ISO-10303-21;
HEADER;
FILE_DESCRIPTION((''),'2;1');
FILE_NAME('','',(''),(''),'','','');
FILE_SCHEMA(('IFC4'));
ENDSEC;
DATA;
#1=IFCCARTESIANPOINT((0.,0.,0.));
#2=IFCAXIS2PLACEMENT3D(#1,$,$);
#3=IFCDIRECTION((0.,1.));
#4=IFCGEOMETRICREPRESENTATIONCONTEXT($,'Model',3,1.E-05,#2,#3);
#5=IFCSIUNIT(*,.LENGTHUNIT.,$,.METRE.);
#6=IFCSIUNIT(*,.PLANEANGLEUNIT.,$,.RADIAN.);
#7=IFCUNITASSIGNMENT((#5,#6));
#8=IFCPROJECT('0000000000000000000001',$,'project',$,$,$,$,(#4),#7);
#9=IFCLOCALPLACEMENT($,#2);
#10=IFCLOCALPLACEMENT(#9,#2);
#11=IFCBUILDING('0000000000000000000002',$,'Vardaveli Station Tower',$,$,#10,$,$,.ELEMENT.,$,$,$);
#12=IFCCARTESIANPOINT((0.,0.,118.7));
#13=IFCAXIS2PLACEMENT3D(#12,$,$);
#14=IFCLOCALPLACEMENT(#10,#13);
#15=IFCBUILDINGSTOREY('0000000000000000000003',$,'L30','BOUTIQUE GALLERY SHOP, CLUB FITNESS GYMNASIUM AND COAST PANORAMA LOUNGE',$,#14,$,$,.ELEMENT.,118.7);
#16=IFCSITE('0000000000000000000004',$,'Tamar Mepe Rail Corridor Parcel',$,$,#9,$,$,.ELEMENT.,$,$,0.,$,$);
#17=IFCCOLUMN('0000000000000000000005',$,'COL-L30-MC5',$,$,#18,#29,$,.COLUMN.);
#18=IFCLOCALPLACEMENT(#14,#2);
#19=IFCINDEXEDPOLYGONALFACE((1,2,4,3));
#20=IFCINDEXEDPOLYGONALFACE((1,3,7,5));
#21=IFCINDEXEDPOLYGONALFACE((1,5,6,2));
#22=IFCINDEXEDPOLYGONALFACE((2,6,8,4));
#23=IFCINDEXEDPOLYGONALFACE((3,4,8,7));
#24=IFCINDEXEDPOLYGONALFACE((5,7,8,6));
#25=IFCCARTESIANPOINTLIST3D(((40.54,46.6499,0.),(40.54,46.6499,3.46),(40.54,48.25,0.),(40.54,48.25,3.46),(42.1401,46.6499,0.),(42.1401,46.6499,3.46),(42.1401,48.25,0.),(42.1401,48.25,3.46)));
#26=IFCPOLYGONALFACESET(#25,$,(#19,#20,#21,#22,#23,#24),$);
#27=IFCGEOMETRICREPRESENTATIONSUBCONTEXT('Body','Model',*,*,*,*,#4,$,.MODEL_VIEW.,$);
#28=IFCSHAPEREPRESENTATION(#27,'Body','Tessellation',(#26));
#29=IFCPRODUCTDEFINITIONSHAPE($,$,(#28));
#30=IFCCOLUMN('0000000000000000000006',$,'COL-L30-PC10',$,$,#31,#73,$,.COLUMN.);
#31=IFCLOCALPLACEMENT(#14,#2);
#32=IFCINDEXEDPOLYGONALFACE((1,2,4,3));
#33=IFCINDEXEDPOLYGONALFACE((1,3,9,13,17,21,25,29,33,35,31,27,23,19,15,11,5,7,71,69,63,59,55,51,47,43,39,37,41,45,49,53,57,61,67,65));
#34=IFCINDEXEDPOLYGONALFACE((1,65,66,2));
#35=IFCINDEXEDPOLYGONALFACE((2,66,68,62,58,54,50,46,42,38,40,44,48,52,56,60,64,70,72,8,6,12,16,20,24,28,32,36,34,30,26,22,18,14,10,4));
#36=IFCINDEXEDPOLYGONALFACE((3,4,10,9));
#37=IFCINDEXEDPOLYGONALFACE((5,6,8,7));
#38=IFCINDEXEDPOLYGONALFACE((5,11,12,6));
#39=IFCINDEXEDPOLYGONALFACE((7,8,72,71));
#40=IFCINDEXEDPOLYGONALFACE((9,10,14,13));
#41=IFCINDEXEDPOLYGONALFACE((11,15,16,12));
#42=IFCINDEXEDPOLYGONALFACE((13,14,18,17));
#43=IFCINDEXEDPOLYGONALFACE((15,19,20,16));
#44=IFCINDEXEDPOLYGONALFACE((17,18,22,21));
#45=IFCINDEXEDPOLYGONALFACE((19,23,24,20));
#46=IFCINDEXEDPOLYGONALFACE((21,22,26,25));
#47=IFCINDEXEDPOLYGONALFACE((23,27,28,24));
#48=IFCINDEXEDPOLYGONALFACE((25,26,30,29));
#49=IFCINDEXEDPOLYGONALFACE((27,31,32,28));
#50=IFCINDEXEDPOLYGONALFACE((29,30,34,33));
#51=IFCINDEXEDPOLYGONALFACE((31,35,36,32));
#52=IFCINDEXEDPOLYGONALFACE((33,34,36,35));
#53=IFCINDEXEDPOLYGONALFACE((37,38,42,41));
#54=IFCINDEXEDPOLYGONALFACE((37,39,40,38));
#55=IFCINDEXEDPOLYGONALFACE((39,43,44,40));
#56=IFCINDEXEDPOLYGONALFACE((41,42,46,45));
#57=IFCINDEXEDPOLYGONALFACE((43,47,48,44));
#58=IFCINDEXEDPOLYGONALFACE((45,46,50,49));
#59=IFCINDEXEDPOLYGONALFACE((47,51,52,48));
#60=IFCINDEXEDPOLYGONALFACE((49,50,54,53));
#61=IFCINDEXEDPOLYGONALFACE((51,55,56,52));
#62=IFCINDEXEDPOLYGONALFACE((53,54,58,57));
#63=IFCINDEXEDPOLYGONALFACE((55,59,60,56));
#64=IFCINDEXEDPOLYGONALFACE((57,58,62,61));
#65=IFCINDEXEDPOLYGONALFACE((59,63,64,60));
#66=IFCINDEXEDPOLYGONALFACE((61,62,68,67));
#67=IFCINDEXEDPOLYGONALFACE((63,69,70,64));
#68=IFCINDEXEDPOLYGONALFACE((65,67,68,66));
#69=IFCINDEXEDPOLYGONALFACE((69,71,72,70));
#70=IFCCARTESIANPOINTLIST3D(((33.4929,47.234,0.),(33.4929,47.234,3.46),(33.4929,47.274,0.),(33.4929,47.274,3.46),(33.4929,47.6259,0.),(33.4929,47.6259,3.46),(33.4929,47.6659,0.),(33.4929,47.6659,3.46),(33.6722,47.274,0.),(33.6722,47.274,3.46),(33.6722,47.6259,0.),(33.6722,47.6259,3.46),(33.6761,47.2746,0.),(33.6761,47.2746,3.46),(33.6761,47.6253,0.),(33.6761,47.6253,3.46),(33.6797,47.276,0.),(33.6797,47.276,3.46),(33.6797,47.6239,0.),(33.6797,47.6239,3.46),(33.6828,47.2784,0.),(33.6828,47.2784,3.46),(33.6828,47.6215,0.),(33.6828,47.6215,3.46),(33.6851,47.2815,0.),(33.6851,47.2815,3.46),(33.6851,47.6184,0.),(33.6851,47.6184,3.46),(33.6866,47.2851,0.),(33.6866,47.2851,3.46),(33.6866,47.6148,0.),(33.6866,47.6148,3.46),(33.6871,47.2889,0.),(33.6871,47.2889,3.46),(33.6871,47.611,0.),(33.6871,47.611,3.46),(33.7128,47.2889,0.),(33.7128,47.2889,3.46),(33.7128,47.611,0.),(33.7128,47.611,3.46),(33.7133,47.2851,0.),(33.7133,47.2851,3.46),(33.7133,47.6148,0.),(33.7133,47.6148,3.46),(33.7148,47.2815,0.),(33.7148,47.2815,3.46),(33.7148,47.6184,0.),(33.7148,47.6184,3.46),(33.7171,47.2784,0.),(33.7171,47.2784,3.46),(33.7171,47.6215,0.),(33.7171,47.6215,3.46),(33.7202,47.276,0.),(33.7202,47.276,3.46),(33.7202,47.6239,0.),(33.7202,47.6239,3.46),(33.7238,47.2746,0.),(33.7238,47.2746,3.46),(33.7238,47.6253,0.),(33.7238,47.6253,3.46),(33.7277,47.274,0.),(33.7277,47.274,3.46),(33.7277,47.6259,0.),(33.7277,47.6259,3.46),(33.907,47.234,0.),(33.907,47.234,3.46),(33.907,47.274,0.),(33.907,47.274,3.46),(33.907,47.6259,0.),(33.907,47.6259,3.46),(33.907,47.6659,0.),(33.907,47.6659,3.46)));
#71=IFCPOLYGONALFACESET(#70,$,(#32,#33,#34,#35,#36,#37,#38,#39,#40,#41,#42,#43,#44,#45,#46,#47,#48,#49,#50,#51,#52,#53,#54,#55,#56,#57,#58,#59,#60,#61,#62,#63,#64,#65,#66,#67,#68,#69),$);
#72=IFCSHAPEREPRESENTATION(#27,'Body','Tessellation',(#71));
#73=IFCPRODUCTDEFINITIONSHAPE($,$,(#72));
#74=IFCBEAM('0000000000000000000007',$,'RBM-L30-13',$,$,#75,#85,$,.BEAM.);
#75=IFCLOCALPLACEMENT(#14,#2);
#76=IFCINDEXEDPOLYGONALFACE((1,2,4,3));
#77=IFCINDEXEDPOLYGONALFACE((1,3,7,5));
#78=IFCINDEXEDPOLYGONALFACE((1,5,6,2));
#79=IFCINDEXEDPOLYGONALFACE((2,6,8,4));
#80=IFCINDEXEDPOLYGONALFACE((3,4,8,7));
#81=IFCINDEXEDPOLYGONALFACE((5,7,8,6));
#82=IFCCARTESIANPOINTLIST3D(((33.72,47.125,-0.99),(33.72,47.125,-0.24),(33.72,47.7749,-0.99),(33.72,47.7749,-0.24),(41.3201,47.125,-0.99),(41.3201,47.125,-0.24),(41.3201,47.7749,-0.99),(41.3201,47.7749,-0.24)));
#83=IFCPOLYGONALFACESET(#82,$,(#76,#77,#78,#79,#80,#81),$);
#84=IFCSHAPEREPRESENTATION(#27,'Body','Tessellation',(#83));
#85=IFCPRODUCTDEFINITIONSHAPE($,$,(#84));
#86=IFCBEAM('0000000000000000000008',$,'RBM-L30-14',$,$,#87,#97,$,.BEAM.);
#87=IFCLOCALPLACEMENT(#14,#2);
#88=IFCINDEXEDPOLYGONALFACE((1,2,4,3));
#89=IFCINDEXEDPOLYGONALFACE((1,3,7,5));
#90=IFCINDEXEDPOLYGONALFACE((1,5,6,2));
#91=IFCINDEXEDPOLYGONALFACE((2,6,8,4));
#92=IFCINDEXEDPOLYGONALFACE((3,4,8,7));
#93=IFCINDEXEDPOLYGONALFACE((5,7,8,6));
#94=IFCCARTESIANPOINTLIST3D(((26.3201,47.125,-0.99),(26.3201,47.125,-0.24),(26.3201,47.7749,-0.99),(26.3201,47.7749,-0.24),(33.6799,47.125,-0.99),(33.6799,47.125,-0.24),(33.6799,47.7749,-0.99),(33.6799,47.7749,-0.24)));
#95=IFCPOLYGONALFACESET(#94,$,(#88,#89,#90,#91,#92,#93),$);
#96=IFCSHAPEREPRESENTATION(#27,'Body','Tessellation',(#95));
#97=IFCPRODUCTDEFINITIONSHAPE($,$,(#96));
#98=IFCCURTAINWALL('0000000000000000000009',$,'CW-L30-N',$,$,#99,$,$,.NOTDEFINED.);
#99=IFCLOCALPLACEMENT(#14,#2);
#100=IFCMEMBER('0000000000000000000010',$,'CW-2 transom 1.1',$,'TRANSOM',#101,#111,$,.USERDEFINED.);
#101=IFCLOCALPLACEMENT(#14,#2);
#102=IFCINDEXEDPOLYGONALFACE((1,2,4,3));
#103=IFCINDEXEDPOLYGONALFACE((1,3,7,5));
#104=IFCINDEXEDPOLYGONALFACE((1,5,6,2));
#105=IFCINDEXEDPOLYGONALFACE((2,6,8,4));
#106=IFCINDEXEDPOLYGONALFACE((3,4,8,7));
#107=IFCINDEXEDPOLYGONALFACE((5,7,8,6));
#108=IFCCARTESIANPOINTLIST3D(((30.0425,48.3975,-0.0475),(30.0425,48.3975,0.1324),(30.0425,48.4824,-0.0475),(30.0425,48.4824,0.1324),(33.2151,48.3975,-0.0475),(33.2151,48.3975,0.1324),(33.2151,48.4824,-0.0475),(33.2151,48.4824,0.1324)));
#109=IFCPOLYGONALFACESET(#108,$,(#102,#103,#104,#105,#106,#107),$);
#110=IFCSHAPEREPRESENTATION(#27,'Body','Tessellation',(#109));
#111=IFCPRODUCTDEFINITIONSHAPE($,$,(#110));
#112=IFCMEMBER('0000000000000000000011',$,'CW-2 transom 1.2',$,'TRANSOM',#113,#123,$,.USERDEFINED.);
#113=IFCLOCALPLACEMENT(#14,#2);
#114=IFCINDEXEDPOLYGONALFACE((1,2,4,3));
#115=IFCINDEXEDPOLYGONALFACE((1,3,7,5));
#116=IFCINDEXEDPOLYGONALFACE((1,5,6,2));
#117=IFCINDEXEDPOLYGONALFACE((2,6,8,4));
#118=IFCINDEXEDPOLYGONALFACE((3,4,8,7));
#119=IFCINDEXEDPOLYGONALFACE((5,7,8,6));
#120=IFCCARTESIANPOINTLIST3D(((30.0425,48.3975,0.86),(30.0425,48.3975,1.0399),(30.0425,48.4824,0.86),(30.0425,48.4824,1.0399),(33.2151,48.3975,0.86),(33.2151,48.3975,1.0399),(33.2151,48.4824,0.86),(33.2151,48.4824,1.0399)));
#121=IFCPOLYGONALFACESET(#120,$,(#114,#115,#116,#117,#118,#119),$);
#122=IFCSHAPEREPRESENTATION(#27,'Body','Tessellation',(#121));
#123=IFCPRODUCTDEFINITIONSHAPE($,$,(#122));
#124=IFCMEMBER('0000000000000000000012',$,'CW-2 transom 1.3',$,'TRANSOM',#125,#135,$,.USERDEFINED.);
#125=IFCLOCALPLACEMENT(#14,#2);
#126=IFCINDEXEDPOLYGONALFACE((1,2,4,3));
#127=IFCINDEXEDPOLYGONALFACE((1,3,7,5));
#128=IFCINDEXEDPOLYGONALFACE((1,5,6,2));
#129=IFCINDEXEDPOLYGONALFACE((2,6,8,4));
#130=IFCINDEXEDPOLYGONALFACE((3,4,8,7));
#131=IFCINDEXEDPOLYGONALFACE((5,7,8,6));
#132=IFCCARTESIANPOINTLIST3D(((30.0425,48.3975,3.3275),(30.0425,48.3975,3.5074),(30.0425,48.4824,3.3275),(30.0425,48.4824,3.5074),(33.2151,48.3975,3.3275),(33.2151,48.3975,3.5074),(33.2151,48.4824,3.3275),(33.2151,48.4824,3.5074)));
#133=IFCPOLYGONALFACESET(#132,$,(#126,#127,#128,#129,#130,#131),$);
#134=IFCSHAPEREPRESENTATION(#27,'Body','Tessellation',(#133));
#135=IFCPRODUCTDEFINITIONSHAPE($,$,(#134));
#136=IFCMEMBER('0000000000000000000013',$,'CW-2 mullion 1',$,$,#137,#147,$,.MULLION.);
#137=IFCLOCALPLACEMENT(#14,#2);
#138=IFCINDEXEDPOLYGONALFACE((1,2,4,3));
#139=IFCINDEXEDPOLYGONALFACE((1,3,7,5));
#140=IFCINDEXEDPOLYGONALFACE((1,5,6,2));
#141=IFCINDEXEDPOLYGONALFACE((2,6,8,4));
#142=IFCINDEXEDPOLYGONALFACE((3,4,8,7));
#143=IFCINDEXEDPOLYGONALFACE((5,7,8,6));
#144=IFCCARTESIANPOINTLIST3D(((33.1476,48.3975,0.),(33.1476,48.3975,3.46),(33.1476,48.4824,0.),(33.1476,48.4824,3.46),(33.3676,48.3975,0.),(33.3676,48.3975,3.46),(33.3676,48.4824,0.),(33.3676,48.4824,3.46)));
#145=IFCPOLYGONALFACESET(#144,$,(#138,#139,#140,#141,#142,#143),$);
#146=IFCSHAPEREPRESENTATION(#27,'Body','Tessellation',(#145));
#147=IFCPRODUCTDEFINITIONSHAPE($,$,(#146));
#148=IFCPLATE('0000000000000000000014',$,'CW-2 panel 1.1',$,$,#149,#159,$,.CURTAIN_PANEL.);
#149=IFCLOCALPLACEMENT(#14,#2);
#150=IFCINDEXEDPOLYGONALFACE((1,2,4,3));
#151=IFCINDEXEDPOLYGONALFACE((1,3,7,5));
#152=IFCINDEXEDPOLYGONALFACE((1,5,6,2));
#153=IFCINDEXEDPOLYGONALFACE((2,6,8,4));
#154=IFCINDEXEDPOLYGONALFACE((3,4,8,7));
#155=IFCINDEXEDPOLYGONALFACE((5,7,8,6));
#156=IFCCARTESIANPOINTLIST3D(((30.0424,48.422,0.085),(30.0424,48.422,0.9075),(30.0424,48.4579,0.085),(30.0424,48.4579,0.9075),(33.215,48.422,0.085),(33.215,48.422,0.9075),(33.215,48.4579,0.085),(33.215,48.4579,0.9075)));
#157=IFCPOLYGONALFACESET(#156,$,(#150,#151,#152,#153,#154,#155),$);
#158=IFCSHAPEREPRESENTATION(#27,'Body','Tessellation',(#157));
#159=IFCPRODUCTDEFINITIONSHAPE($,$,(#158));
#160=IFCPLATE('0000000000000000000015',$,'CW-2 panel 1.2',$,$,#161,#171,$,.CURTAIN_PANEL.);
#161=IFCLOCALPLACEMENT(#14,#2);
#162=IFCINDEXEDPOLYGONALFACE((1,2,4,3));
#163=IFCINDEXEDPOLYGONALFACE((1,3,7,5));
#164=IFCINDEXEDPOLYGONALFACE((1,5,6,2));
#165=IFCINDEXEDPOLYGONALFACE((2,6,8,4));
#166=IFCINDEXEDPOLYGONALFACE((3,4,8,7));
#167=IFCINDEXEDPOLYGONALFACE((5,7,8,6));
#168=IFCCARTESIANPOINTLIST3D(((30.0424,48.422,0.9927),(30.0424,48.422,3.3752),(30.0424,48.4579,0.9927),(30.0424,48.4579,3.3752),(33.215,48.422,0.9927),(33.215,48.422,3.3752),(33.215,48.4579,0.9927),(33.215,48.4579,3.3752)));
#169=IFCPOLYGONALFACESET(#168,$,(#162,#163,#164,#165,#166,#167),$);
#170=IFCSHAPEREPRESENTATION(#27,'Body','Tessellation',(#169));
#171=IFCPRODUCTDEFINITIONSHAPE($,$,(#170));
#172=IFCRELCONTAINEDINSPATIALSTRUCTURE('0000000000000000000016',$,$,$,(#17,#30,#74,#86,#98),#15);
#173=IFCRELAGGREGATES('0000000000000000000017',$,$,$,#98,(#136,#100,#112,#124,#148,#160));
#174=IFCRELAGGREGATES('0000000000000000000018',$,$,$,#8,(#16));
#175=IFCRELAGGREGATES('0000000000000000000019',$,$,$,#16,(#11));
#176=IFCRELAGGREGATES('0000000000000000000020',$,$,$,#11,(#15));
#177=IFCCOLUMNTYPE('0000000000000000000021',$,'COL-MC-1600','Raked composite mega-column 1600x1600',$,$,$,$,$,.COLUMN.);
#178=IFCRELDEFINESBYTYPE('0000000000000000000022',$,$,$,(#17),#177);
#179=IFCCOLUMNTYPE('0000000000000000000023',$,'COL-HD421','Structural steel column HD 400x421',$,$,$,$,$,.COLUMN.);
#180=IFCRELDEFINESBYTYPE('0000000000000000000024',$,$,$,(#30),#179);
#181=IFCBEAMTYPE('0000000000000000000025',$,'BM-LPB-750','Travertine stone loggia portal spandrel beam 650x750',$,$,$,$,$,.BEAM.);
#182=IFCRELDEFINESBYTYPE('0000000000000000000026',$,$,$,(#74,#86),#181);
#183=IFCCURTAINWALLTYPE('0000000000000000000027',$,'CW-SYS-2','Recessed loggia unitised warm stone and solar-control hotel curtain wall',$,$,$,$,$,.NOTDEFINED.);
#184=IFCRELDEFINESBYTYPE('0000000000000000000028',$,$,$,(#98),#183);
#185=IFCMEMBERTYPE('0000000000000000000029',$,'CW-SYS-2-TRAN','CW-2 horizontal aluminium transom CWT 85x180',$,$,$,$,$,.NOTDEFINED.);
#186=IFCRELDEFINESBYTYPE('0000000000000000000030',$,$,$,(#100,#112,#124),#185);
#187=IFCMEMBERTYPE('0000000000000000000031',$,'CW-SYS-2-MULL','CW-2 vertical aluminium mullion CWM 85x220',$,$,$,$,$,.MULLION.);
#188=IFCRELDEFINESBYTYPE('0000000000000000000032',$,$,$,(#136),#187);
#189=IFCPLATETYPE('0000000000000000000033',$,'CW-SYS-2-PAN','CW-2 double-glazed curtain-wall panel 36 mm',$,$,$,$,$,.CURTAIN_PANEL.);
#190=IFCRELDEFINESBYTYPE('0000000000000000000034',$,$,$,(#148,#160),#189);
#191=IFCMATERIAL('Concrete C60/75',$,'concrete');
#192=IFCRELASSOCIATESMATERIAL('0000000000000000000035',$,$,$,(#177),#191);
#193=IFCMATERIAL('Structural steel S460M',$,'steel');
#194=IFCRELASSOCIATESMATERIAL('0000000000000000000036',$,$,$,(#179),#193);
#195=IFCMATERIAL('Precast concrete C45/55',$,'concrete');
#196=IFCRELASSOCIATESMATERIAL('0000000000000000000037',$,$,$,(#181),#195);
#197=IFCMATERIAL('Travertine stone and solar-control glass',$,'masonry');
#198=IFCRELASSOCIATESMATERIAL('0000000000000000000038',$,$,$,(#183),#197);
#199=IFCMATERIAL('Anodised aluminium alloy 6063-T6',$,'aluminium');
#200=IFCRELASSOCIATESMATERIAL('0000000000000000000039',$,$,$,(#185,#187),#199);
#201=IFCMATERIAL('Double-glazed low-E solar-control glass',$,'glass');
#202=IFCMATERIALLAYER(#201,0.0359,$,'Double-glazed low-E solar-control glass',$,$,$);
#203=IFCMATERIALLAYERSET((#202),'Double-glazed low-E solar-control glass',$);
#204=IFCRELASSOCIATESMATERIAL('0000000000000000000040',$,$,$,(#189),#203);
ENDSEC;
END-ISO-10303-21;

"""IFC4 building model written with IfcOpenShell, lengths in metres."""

from ifc_helpers import new_model, si_unit, direction, frame, origin, origin_2d, place, context, subcontext, project, spatial, rectangle, i_section, extrude, source, transform, mapped, material, layer, layer_set, material_profile, profile_set, type_object, element, aggregate, save


model = new_model("IFC4")

# Units and contexts
model_context = context("Model", 3, precision=1e-05, world=origin(), true_north=direction((0.0, 1.0)))
body_context = subcontext(model_context, "Body", "Model", "MODEL_VIEW")
ifc_project = project(units=[si_unit("LENGTHUNIT", "METRE"), si_unit("PLANEANGLEUNIT", "RADIAN")], contexts=[model_context])

# Site, building, storey
site_placement = place(None, origin())
site = spatial("IfcSite", under=ifc_project, at=site_placement, Name="Tamar Mepe Rail Corridor Parcel", CompositionType="ELEMENT", RefElevation=0.0)
building_placement = place(site_placement, origin())
building = spatial("IfcBuilding", under=site, at=building_placement, Name="Vardaveli Station Tower", CompositionType="ELEMENT")
storey_placement = place(building_placement, frame((0.0, 0.0, 118.7)))
storey = spatial("IfcBuildingStorey", under=building, at=storey_placement, Name="L30", Description="BOUTIQUE GALLERY SHOP, CLUB FITNESS GYMNASIUM AND COAST PANORAMA LOUNGE", CompositionType="ELEMENT", Elevation=118.7)

# Columns
ifc_material_1 = material(Name="Concrete C60/75", Category="concrete")
ifc_material_profile_1 = material_profile(ifc_material_1, rectangle(XDim=1.6001, YDim=1.6001, at=origin_2d()), Name="MC 1600x1600")
ifc_profile_set_1 = profile_set([ifc_material_profile_1], Name="Concrete C60/75")
column_type_1 = type_object("IfcColumnType", Name="COL-MC-1600", Description="Raked composite mega-column 1600x1600", PredefinedType="COLUMN", material=ifc_profile_set_1)
shared_shape_1 = source(origin(), body_context, "Body", "SweptSolid", [
    extrude(rectangle(XDim=1.6001, YDim=1.6001, at=origin_2d()), origin(), (0.0, 0.0, 1.0), 3.46),
])
column_1_placement = place(storey_placement, frame((41.3401, 47.45, 0.0), z_axis=(0.0, 0.0, 1.0), x_axis=(1.0, 0.0, 0.0)))
element("IfcColumn", 1, at=column_1_placement, inside=storey, type_object=column_type_1, Name="COL-L30-MC5", PredefinedType="COLUMN", context=body_context, shape_type="MappedRepresentation", body=[
    mapped(shared_shape_1, transform((0.0, 0.0, 0.0), scale=1.0)),
])
ifc_material_2 = material(Name="Structural steel S460M", Category="steel")
ifc_material_profile_2 = material_profile(ifc_material_2, i_section(OverallWidth=0.4141, OverallDepth=0.4319, WebThickness=0.0256, FlangeThickness=0.04, FilletRadius=0.0149, at=origin_2d()), Name="HD 400x421")
ifc_profile_set_2 = profile_set([ifc_material_profile_2], Name="Structural steel S460M")
column_type_2 = type_object("IfcColumnType", Name="COL-HD421", Description="Structural steel column HD 400x421", PredefinedType="COLUMN", material=ifc_profile_set_2)
shared_shape_2 = source(origin(), body_context, "Body", "SweptSolid", [
    extrude(i_section(OverallWidth=0.4141, OverallDepth=0.4319, WebThickness=0.0256, FlangeThickness=0.04, FilletRadius=0.0149, at=origin_2d()), origin(), (0.0, 0.0, 1.0), 3.46),
])
column_2_placement = place(storey_placement, frame((33.7, 47.45, 0.0), z_axis=(0.0, 0.0, 1.0), x_axis=(1.0, 0.0, 0.0)))
element("IfcColumn", 2, at=column_2_placement, inside=storey, type_object=column_type_2, Name="COL-L30-PC10", PredefinedType="COLUMN", context=body_context, shape_type="MappedRepresentation", body=[
    mapped(shared_shape_2, transform((0.0, 0.0, 0.0), scale=1.0)),
])

# Beams
ifc_material_3 = material(Name="Precast concrete C45/55", Category="concrete")
ifc_material_profile_3 = material_profile(ifc_material_3, rectangle(XDim=0.6499, YDim=0.75, at=origin_2d()), Name="LPB 650x750")
ifc_profile_set_3 = profile_set([ifc_material_profile_3], Name="Precast concrete C45/55")
beam_type = type_object("IfcBeamType", Name="BM-LPB-750", Description="Travertine stone loggia portal spandrel beam 650x750", PredefinedType="BEAM", material=ifc_profile_set_3)
shared_shape_3 = source(origin(), body_context, "Body", "SweptSolid", [
    extrude(rectangle(XDim=0.6499, YDim=0.75, at=origin_2d()), origin(), (0.0, 0.0, 1.0), 7.6001),
])
beam_1_placement = place(storey_placement, frame((41.3201, 47.45, -0.615), z_axis=(-1.0, 0.0, 0.0), x_axis=(0.0, -1.0, 0.0)))
element("IfcBeam", 3, at=beam_1_placement, inside=storey, type_object=beam_type, Name="RBM-L30-13", PredefinedType="BEAM", context=body_context, shape_type="MappedRepresentation", body=[
    mapped(shared_shape_3, transform((0.0, 0.0, 0.0), scale=1.0)),
])
shared_shape_4 = source(origin(), body_context, "Body", "SweptSolid", [
    extrude(rectangle(XDim=0.6499, YDim=0.75, at=origin_2d()), origin(), (0.0, 0.0, 1.0), 7.3599),
])
beam_2_placement = place(storey_placement, frame((33.6799, 47.45, -0.615), z_axis=(-1.0, 0.0, 0.0), x_axis=(0.0, -1.0, 0.0)))
element("IfcBeam", 4, at=beam_2_placement, inside=storey, type_object=beam_type, Name="RBM-L30-14", PredefinedType="BEAM", context=body_context, shape_type="MappedRepresentation", body=[
    mapped(shared_shape_4, transform((0.0, 0.0, 0.0), scale=1.0)),
])

# Curtain wall, members, plates
ifc_material_4 = material(Name="Travertine stone and solar-control glass", Category="masonry")
curtain_wall_type = type_object("IfcCurtainWallType", Name="CW-SYS-2", Description="Recessed loggia unitised warm stone and solar-control hotel curtain wall", PredefinedType="NOTDEFINED", material=ifc_material_4)
curtain_wall_placement = place(storey_placement, origin())
curtain_wall = element("IfcCurtainWall", 5, at=curtain_wall_placement, inside=storey, type_object=curtain_wall_type, Name="CW-L30-N", PredefinedType="NOTDEFINED")
ifc_material_5 = material(Name="Anodised aluminium alloy 6063-T6", Category="aluminium")
ifc_material_profile_4 = material_profile(ifc_material_5, rectangle(XDim=0.085, YDim=0.1799, at=origin_2d()), Name="CWT 85x180")
ifc_profile_set_4 = profile_set([ifc_material_profile_4], Name="Anodised aluminium alloy 6063-T6")
member_type_1 = type_object("IfcMemberType", Name="CW-SYS-2-TRAN", Description="CW-2 horizontal aluminium transom CWT 85x180", PredefinedType="NOTDEFINED", material=ifc_profile_set_4)
shared_shape_5 = source(origin(), body_context, "Body", "SweptSolid", [
    extrude(rectangle(XDim=0.085, YDim=0.1799, at=origin_2d()), origin(), (0.0, 0.0, 1.0), 3.1726),
])
member_1_placement = place(storey_placement, frame((33.2151, 48.4399, 0.0425), z_axis=(-1.0, 0.0, 0.0), x_axis=(0.0, -1.0, 0.0)))
member_1 = element("IfcMember", 6, at=member_1_placement, type_object=member_type_1, Name="CW-2 transom 1.1", ObjectType="TRANSOM", PredefinedType="USERDEFINED", context=body_context, shape_type="MappedRepresentation", body=[
    mapped(shared_shape_5, transform((0.0, 0.0, 0.0), scale=1.0)),
])
member_2_placement = place(storey_placement, frame((33.2151, 48.4399, 0.95), z_axis=(-1.0, 0.0, 0.0), x_axis=(0.0, -1.0, 0.0)))
member_2 = element("IfcMember", 7, at=member_2_placement, type_object=member_type_1, Name="CW-2 transom 1.2", ObjectType="TRANSOM", PredefinedType="USERDEFINED", context=body_context, shape_type="MappedRepresentation", body=[
    mapped(shared_shape_5, transform((0.0, 0.0, 0.0), scale=1.0)),
])
member_3_placement = place(storey_placement, frame((33.2151, 48.4399, 3.4175), z_axis=(-1.0, 0.0, 0.0), x_axis=(0.0, -1.0, 0.0)))
member_3 = element("IfcMember", 8, at=member_3_placement, type_object=member_type_1, Name="CW-2 transom 1.3", ObjectType="TRANSOM", PredefinedType="USERDEFINED", context=body_context, shape_type="MappedRepresentation", body=[
    mapped(shared_shape_5, transform((0.0, 0.0, 0.0), scale=1.0)),
])
ifc_material_profile_5 = material_profile(ifc_material_5, rectangle(XDim=0.085, YDim=0.22, at=origin_2d()), Name="CWM 85x220")
ifc_profile_set_5 = profile_set([ifc_material_profile_5], Name="Anodised aluminium alloy 6063-T6")
member_type_2 = type_object("IfcMemberType", Name="CW-SYS-2-MULL", Description="CW-2 vertical aluminium mullion CWM 85x220", PredefinedType="MULLION", material=ifc_profile_set_5)
shared_shape_6 = source(origin(), body_context, "Body", "SweptSolid", [
    extrude(rectangle(XDim=0.085, YDim=0.22, at=origin_2d()), origin(), (0.0, 0.0, 1.0), 3.46),
])
member_4_placement = place(storey_placement, frame((33.2576, 48.4399, 0.0), z_axis=(0.0, 0.0, 1.0), x_axis=(0.0, -1.0, 0.0)))
member_4 = element("IfcMember", 9, at=member_4_placement, type_object=member_type_2, Name="CW-2 mullion 1", PredefinedType="MULLION", context=body_context, shape_type="MappedRepresentation", body=[
    mapped(shared_shape_6, transform((0.0, 0.0, 0.0), scale=1.0)),
])
ifc_material_6 = material(Name="Double-glazed low-E solar-control glass", Category="glass")
ifc_layer_1 = layer(ifc_material_6, 0.0359, Name="Double-glazed low-E solar-control glass")
ifc_layer_set_1 = layer_set([ifc_layer_1], Name="Double-glazed low-E solar-control glass")
plate_type = type_object("IfcPlateType", Name="CW-SYS-2-PAN", Description="CW-2 double-glazed curtain-wall panel 36 mm", PredefinedType="CURTAIN_PANEL", material=ifc_layer_set_1)
shared_shape_7 = source(origin(), body_context, "Body", "SweptSolid", [
    extrude(rectangle(XDim=3.1726, YDim=0.0359, at=origin_2d()), origin(), (0.0, 0.0, 1.0), 0.8225),
])
plate_1_placement = place(storey_placement, frame((31.6287, 48.4399, 0.085), z_axis=(0.0, 0.0, 1.0), x_axis=(-1.0, 0.0, 0.0)))
plate_1 = element("IfcPlate", 10, at=plate_1_placement, type_object=plate_type, Name="CW-2 panel 1.1", PredefinedType="CURTAIN_PANEL", context=body_context, shape_type="MappedRepresentation", body=[
    mapped(shared_shape_7, transform((0.0, 0.0, 0.0), scale=1.0)),
])
shared_shape_8 = source(origin(), body_context, "Body", "SweptSolid", [
    extrude(rectangle(XDim=3.1726, YDim=0.0359, at=origin_2d()), origin(), (0.0, 0.0, 1.0), 2.3826),
])
plate_2_placement = place(storey_placement, frame((31.6287, 48.4399, 0.9927), z_axis=(0.0, 0.0, 1.0), x_axis=(-1.0, 0.0, 0.0)))
plate_2 = element("IfcPlate", 11, at=plate_2_placement, type_object=plate_type, Name="CW-2 panel 1.2", PredefinedType="CURTAIN_PANEL", context=body_context, shape_type="MappedRepresentation", body=[
    mapped(shared_shape_8, transform((0.0, 0.0, 0.0), scale=1.0)),
])
aggregate(curtain_wall, [member_4, member_1, member_2, member_3, plate_1, plate_2])

save(model, "model.ifc")
